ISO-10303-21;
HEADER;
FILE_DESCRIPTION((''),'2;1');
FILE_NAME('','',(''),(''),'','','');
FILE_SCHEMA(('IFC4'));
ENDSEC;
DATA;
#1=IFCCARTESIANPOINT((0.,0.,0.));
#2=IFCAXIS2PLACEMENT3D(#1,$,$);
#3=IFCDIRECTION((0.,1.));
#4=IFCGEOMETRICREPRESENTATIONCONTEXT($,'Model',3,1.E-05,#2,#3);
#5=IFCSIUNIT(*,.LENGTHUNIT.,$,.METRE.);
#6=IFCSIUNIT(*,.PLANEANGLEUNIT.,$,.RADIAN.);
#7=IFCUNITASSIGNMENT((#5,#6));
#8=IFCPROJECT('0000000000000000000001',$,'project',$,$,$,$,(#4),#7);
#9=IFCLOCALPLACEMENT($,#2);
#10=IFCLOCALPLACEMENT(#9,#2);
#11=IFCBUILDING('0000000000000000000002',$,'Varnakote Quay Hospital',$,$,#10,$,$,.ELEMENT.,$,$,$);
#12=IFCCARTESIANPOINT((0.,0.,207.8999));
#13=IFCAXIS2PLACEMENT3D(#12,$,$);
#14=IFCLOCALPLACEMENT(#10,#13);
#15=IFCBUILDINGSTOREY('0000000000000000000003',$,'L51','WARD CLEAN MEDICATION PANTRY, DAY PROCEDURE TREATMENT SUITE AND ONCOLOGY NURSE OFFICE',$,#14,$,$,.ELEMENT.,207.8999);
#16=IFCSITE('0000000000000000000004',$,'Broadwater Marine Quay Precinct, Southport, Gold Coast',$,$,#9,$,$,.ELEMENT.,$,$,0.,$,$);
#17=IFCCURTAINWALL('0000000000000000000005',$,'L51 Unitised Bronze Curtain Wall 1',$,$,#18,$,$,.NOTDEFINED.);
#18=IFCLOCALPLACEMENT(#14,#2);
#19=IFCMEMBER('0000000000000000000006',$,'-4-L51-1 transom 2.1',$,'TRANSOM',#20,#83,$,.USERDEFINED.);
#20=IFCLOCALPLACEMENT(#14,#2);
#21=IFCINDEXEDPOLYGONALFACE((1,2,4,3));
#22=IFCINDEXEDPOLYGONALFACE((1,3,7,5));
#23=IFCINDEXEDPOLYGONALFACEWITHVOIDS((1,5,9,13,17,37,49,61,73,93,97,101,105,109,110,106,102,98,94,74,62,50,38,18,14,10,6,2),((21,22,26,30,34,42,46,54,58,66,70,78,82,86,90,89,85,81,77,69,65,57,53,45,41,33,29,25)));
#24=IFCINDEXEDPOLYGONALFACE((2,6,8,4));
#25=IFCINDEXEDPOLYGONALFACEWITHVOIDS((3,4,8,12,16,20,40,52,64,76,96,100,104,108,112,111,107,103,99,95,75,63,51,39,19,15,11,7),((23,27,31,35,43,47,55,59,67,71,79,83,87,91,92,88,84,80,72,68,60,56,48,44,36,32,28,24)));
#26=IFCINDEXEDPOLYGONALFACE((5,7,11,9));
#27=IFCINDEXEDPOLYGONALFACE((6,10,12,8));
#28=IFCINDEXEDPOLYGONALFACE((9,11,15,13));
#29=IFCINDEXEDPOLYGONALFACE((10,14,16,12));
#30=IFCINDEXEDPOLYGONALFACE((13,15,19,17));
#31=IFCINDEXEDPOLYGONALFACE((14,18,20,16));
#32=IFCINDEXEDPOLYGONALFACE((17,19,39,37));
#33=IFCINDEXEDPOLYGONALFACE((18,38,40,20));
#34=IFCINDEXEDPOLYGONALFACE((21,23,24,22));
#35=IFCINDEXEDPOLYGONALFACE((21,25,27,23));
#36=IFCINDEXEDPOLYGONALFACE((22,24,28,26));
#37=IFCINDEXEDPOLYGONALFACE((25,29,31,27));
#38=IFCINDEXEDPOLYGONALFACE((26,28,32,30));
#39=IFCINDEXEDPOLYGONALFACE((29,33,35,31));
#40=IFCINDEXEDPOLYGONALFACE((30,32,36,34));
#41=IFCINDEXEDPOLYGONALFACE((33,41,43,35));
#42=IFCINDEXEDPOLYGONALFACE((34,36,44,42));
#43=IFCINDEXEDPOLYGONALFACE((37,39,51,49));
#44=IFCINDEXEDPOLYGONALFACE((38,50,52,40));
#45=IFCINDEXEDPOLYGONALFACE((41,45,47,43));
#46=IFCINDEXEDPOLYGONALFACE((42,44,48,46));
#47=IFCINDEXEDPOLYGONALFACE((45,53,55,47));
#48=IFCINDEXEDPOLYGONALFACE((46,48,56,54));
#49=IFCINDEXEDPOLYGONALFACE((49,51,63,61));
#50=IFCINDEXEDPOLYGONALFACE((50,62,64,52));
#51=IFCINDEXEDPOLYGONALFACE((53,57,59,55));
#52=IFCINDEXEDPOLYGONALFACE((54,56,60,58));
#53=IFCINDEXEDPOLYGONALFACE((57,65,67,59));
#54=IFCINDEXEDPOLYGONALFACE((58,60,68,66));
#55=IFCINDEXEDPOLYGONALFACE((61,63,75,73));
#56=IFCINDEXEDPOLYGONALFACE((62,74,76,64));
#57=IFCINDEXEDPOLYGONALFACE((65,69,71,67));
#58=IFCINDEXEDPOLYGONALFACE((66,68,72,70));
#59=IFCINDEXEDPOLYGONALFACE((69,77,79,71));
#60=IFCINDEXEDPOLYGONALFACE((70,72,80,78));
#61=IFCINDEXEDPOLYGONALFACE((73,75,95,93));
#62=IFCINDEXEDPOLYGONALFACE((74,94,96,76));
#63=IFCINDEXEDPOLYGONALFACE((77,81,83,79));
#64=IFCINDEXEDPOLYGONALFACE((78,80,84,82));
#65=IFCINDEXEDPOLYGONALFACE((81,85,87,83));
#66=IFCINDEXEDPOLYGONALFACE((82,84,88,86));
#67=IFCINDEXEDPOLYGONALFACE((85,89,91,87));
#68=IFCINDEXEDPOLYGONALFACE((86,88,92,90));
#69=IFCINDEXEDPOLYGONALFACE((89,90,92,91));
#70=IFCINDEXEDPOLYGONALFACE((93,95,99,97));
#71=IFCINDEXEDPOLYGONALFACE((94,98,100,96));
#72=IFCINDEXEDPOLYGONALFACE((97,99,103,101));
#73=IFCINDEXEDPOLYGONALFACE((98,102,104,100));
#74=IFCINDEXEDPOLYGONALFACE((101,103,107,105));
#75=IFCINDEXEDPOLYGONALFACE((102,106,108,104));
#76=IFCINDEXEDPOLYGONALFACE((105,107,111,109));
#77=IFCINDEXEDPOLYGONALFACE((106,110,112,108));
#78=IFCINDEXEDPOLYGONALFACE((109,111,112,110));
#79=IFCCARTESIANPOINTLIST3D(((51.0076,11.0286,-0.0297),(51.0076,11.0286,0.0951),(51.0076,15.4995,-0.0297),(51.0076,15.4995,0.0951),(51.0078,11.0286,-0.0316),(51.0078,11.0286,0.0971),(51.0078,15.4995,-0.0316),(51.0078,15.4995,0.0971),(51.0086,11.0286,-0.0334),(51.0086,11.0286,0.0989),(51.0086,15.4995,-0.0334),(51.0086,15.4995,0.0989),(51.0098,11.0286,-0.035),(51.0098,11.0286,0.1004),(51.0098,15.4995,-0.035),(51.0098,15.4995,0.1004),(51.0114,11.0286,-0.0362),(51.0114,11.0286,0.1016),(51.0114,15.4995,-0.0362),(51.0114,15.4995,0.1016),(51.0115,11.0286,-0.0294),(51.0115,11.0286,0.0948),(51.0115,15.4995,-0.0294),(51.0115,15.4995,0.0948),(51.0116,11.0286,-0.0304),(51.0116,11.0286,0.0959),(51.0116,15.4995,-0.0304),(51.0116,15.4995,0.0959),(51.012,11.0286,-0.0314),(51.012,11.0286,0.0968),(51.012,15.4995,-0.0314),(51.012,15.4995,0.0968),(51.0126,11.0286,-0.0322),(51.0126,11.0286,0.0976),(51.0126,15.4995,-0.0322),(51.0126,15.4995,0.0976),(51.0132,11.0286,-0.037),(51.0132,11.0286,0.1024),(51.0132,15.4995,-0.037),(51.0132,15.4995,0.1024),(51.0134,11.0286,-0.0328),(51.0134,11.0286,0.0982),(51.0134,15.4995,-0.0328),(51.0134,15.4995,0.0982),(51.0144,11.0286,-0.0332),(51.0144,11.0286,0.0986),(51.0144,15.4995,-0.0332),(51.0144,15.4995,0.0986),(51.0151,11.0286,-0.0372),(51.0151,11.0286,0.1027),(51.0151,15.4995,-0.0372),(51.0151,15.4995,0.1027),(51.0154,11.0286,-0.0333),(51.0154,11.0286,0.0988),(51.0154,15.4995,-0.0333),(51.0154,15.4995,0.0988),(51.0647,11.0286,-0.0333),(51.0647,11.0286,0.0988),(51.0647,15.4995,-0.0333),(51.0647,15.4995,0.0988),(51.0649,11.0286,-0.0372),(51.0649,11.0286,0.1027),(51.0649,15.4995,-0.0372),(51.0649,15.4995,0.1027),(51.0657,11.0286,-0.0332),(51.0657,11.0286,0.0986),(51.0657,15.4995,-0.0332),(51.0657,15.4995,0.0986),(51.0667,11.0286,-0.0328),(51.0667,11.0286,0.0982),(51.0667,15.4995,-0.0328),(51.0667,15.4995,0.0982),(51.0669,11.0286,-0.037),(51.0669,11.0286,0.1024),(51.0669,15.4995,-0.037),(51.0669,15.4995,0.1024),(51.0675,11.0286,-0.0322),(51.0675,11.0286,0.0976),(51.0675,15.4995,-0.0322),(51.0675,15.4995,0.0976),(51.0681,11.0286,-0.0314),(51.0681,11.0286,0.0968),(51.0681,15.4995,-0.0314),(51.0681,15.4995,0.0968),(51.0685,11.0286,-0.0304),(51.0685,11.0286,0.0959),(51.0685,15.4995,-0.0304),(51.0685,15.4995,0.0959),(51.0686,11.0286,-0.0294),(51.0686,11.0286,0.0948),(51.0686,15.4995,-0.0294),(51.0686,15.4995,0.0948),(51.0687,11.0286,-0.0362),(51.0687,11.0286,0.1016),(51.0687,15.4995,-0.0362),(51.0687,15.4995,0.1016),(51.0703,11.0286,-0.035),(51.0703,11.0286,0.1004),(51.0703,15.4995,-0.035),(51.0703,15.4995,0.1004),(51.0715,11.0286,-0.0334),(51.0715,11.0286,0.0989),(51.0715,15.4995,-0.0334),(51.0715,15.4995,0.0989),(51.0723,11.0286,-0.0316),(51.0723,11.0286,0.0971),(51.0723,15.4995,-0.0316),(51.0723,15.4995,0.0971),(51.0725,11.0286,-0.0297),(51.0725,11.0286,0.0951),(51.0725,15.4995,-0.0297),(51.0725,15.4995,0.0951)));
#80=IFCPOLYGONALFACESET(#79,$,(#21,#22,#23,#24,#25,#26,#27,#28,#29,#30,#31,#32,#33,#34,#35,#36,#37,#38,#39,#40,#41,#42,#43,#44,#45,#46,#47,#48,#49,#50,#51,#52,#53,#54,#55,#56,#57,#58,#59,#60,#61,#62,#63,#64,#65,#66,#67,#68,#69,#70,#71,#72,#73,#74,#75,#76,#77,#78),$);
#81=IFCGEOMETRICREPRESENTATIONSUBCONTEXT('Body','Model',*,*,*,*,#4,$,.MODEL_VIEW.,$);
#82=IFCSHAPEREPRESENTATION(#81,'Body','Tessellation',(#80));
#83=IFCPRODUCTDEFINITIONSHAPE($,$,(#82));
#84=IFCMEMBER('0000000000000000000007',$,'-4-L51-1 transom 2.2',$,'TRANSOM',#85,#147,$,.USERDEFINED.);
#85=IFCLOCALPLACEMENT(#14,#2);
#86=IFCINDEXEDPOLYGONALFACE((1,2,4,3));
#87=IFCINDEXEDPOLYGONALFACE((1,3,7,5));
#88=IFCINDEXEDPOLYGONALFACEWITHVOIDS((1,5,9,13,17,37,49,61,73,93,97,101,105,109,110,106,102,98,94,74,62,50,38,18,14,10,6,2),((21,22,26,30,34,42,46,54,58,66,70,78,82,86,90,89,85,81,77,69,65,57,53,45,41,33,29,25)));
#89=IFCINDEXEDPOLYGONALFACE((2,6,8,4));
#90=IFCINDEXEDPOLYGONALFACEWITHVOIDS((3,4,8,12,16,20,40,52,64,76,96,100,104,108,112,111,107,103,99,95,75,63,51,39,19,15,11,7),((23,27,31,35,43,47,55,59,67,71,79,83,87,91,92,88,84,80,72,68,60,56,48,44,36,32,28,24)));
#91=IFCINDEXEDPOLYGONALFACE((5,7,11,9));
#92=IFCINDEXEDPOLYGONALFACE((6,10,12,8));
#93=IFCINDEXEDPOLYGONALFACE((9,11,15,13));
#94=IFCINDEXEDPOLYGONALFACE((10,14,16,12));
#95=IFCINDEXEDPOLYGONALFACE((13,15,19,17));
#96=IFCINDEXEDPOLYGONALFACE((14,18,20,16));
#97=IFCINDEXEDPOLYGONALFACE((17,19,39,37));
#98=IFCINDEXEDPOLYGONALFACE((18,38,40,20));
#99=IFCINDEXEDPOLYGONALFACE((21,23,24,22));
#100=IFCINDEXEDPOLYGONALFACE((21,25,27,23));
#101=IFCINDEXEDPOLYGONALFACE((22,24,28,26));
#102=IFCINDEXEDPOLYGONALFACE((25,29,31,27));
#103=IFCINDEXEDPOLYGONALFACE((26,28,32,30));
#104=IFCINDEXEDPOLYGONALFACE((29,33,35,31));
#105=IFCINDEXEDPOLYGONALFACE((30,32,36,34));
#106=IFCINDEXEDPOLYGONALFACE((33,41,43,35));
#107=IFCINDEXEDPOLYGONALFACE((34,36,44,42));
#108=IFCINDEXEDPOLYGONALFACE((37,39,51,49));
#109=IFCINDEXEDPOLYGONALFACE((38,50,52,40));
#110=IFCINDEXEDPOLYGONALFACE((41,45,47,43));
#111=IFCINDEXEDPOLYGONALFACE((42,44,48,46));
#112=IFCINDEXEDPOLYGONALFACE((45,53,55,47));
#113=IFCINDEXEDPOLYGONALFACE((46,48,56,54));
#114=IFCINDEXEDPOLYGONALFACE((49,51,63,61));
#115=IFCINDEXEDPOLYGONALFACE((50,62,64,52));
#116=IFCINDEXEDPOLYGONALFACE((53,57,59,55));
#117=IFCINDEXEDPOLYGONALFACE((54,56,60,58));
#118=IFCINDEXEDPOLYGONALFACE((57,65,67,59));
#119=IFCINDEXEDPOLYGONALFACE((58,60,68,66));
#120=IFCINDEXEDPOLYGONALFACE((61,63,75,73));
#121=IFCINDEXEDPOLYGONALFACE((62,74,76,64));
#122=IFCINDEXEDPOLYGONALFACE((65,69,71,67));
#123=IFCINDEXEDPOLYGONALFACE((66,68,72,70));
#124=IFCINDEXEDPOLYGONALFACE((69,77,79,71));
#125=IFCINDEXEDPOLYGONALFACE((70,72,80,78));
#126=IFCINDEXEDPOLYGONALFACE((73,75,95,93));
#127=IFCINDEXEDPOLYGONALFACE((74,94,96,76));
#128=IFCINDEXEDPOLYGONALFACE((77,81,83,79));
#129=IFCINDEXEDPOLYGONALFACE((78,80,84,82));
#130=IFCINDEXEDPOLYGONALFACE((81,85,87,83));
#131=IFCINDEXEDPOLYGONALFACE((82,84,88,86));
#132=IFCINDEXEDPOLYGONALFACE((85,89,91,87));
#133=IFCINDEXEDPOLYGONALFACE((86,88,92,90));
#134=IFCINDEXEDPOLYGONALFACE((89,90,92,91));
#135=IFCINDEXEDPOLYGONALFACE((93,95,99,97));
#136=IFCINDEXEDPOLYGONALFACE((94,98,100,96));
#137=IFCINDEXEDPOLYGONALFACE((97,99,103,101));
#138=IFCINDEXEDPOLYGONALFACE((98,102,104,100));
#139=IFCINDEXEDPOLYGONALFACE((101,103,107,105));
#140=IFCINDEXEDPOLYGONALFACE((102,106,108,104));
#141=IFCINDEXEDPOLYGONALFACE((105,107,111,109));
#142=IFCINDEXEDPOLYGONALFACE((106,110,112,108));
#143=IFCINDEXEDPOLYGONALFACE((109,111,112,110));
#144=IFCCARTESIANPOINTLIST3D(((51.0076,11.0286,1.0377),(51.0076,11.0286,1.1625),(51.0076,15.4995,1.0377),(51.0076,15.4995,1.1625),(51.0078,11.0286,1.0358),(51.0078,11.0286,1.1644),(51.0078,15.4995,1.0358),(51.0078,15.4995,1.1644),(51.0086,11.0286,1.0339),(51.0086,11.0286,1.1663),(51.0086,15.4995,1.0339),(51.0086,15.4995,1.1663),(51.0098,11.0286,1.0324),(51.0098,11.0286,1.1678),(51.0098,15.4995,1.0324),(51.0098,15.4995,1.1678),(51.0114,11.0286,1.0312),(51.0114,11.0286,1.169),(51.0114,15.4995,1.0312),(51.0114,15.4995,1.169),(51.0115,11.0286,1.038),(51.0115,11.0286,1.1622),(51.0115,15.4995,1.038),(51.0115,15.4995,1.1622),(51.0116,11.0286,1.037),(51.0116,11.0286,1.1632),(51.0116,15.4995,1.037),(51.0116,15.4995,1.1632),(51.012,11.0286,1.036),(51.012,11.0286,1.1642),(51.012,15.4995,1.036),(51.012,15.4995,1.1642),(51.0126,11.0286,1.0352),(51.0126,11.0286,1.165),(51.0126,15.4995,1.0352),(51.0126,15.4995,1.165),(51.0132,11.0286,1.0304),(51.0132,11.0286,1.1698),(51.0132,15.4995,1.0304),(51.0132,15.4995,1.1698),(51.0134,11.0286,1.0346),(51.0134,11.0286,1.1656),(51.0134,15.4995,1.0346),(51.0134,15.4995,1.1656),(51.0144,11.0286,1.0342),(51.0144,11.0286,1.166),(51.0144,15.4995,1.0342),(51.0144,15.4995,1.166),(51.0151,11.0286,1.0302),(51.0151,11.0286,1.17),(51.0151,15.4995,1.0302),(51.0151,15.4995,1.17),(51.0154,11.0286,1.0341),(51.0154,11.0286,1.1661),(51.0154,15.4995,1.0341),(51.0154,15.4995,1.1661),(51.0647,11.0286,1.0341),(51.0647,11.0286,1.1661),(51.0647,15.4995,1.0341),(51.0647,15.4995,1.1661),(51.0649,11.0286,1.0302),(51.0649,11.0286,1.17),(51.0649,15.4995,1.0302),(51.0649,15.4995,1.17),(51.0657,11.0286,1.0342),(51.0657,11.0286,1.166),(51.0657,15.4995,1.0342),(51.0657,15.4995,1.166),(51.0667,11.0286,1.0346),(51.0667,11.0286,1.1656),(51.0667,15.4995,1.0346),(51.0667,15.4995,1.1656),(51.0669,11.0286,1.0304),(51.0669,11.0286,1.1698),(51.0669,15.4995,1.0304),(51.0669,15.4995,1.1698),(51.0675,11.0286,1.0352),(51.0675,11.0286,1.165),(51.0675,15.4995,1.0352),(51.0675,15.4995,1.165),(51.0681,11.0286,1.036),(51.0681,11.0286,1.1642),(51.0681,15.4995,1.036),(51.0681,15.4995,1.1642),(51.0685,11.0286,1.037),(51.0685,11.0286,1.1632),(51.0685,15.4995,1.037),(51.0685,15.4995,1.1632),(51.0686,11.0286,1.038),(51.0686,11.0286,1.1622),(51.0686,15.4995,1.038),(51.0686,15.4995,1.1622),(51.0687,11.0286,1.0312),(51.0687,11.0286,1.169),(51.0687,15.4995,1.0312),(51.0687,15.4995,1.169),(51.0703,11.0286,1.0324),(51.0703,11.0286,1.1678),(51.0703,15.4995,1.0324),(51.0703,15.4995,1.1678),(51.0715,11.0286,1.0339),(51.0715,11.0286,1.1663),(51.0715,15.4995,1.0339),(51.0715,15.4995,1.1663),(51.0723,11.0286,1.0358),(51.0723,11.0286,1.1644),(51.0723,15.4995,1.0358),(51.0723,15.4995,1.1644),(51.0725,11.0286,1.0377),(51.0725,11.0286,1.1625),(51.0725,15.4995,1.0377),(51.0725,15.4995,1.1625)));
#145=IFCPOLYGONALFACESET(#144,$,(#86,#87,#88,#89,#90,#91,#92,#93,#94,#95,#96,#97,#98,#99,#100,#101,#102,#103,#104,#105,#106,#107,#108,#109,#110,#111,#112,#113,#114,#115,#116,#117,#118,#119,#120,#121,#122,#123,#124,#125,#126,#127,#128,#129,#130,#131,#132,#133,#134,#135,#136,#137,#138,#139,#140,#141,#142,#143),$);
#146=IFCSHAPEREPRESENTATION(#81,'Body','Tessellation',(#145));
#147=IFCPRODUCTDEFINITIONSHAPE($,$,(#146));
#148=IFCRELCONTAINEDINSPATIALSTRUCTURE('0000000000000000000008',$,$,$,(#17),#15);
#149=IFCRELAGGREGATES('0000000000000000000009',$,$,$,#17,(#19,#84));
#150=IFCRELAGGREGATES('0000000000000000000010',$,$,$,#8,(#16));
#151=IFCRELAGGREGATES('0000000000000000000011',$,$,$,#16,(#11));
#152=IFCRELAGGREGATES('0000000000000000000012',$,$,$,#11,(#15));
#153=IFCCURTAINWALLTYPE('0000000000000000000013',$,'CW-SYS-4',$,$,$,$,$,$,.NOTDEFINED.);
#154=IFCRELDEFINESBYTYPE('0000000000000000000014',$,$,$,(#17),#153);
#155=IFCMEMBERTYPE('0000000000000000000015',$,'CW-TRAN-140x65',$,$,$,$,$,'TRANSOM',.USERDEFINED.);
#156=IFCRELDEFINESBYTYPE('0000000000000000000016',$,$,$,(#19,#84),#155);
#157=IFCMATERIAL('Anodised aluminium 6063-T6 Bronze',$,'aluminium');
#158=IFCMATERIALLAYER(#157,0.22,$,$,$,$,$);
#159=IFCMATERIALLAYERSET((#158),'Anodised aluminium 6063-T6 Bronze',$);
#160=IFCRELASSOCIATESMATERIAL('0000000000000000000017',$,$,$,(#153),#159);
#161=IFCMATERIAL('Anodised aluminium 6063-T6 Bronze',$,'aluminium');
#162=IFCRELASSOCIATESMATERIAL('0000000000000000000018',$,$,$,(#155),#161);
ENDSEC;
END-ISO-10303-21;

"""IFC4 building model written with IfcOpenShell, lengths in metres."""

from ifc_helpers import new_model, si_unit, direction, frame, origin, origin_2d, place, context, subcontext, project, spatial, hollow_rectangle, extrude, material, layer, layer_set, material_profile, profile_set, type_object, element, aggregate, save


model = new_model("IFC4")

# Units and contexts
model_context = context("Model", 3, precision=1e-05, world=origin(), true_north=direction((0.0, 1.0)))
body_context = subcontext(model_context, "Body", "Model", "MODEL_VIEW")
ifc_project = project(units=[si_unit("LENGTHUNIT", "METRE"), si_unit("PLANEANGLEUNIT", "RADIAN")], contexts=[model_context])

# Site, building, storey
site_placement = place(None, origin())
site = spatial("IfcSite", under=ifc_project, at=site_placement, Name="Broadwater Marine Quay Precinct, Southport, Gold Coast", CompositionType="ELEMENT", RefElevation=0.0)
building_placement = place(site_placement, origin())
building = spatial("IfcBuilding", under=site, at=building_placement, Name="Varnakote Quay Hospital", CompositionType="ELEMENT")
storey_placement = place(building_placement, frame((0.0, 0.0, 207.8999)))
storey = spatial("IfcBuildingStorey", under=building, at=storey_placement, Name="L51", Description="WARD CLEAN MEDICATION PANTRY, DAY PROCEDURE TREATMENT SUITE AND ONCOLOGY NURSE OFFICE", CompositionType="ELEMENT", Elevation=207.8999)

# Curtain wall, members
ifc_material_1 = material(Name="Anodised aluminium 6063-T6 Bronze", Category="aluminium")
ifc_layer_1 = layer(ifc_material_1, 0.22)
ifc_layer_set_1 = layer_set([ifc_layer_1], Name="Anodised aluminium 6063-T6 Bronze")
curtain_wall_type = type_object("IfcCurtainWallType", Name="CW-SYS-4", PredefinedType="NOTDEFINED", material=ifc_layer_set_1)
curtain_wall_placement = place(storey_placement, origin())
curtain_wall = element("IfcCurtainWall", 1, at=curtain_wall_placement, inside=storey, type_object=curtain_wall_type, Name="L51 Unitised Bronze Curtain Wall 1", PredefinedType="NOTDEFINED")
ifc_material_2 = material(Name="Anodised aluminium 6063-T6 Bronze", Category="aluminium")
ifc_material_profile_1 = material_profile(ifc_material_2, hollow_rectangle(XDim=0.0649, YDim=0.1399, WallThickness=0.0039, InnerFilletRadius=0.0039, OuterFilletRadius=0.0076, at=origin_2d()), Name="CW-TRAN-140x65")
ifc_profile_set_1 = profile_set([ifc_material_profile_1], Name="Anodised aluminium 6063-T6 Bronze")
member_type_1 = type_object("IfcMemberType", Name="CW-TRAN-140x65", ElementType="TRANSOM", PredefinedType="USERDEFINED", material=ifc_profile_set_1)
member_1_placement = place(storey_placement, frame((51.04, 11.0286, 0.0327), z_axis=(0.0, 1.0, 0.0), x_axis=(-1.0, 0.0, 0.0)))
member_1 = element("IfcMember", 2, at=member_1_placement, type_object=member_type_1, Name="-4-L51-1 transom 2.1", ObjectType="TRANSOM", PredefinedType="USERDEFINED", context=body_context, shape_type="SweptSolid", body=[
    extrude(hollow_rectangle(XDim=0.0649, YDim=0.1399, WallThickness=0.0039, InnerFilletRadius=0.0039, OuterFilletRadius=0.0076, at=origin_2d()), origin(), (0.0, 0.0, 1.0), 4.4709),
])
member_2_placement = place(storey_placement, frame((51.04, 11.0286, 1.1001), z_axis=(0.0, 1.0, 0.0), x_axis=(-1.0, 0.0, 0.0)))
member_2 = element("IfcMember", 3, at=member_2_placement, type_object=member_type_1, Name="-4-L51-1 transom 2.2", ObjectType="TRANSOM", PredefinedType="USERDEFINED", context=body_context, shape_type="SweptSolid", body=[
    extrude(hollow_rectangle(XDim=0.0649, YDim=0.1399, WallThickness=0.0039, InnerFilletRadius=0.0039, OuterFilletRadius=0.0076, at=origin_2d()), origin(), (0.0, 0.0, 1.0), 4.4709),
])
aggregate(curtain_wall, [member_1, member_2])

save(model, "model.ifc")
